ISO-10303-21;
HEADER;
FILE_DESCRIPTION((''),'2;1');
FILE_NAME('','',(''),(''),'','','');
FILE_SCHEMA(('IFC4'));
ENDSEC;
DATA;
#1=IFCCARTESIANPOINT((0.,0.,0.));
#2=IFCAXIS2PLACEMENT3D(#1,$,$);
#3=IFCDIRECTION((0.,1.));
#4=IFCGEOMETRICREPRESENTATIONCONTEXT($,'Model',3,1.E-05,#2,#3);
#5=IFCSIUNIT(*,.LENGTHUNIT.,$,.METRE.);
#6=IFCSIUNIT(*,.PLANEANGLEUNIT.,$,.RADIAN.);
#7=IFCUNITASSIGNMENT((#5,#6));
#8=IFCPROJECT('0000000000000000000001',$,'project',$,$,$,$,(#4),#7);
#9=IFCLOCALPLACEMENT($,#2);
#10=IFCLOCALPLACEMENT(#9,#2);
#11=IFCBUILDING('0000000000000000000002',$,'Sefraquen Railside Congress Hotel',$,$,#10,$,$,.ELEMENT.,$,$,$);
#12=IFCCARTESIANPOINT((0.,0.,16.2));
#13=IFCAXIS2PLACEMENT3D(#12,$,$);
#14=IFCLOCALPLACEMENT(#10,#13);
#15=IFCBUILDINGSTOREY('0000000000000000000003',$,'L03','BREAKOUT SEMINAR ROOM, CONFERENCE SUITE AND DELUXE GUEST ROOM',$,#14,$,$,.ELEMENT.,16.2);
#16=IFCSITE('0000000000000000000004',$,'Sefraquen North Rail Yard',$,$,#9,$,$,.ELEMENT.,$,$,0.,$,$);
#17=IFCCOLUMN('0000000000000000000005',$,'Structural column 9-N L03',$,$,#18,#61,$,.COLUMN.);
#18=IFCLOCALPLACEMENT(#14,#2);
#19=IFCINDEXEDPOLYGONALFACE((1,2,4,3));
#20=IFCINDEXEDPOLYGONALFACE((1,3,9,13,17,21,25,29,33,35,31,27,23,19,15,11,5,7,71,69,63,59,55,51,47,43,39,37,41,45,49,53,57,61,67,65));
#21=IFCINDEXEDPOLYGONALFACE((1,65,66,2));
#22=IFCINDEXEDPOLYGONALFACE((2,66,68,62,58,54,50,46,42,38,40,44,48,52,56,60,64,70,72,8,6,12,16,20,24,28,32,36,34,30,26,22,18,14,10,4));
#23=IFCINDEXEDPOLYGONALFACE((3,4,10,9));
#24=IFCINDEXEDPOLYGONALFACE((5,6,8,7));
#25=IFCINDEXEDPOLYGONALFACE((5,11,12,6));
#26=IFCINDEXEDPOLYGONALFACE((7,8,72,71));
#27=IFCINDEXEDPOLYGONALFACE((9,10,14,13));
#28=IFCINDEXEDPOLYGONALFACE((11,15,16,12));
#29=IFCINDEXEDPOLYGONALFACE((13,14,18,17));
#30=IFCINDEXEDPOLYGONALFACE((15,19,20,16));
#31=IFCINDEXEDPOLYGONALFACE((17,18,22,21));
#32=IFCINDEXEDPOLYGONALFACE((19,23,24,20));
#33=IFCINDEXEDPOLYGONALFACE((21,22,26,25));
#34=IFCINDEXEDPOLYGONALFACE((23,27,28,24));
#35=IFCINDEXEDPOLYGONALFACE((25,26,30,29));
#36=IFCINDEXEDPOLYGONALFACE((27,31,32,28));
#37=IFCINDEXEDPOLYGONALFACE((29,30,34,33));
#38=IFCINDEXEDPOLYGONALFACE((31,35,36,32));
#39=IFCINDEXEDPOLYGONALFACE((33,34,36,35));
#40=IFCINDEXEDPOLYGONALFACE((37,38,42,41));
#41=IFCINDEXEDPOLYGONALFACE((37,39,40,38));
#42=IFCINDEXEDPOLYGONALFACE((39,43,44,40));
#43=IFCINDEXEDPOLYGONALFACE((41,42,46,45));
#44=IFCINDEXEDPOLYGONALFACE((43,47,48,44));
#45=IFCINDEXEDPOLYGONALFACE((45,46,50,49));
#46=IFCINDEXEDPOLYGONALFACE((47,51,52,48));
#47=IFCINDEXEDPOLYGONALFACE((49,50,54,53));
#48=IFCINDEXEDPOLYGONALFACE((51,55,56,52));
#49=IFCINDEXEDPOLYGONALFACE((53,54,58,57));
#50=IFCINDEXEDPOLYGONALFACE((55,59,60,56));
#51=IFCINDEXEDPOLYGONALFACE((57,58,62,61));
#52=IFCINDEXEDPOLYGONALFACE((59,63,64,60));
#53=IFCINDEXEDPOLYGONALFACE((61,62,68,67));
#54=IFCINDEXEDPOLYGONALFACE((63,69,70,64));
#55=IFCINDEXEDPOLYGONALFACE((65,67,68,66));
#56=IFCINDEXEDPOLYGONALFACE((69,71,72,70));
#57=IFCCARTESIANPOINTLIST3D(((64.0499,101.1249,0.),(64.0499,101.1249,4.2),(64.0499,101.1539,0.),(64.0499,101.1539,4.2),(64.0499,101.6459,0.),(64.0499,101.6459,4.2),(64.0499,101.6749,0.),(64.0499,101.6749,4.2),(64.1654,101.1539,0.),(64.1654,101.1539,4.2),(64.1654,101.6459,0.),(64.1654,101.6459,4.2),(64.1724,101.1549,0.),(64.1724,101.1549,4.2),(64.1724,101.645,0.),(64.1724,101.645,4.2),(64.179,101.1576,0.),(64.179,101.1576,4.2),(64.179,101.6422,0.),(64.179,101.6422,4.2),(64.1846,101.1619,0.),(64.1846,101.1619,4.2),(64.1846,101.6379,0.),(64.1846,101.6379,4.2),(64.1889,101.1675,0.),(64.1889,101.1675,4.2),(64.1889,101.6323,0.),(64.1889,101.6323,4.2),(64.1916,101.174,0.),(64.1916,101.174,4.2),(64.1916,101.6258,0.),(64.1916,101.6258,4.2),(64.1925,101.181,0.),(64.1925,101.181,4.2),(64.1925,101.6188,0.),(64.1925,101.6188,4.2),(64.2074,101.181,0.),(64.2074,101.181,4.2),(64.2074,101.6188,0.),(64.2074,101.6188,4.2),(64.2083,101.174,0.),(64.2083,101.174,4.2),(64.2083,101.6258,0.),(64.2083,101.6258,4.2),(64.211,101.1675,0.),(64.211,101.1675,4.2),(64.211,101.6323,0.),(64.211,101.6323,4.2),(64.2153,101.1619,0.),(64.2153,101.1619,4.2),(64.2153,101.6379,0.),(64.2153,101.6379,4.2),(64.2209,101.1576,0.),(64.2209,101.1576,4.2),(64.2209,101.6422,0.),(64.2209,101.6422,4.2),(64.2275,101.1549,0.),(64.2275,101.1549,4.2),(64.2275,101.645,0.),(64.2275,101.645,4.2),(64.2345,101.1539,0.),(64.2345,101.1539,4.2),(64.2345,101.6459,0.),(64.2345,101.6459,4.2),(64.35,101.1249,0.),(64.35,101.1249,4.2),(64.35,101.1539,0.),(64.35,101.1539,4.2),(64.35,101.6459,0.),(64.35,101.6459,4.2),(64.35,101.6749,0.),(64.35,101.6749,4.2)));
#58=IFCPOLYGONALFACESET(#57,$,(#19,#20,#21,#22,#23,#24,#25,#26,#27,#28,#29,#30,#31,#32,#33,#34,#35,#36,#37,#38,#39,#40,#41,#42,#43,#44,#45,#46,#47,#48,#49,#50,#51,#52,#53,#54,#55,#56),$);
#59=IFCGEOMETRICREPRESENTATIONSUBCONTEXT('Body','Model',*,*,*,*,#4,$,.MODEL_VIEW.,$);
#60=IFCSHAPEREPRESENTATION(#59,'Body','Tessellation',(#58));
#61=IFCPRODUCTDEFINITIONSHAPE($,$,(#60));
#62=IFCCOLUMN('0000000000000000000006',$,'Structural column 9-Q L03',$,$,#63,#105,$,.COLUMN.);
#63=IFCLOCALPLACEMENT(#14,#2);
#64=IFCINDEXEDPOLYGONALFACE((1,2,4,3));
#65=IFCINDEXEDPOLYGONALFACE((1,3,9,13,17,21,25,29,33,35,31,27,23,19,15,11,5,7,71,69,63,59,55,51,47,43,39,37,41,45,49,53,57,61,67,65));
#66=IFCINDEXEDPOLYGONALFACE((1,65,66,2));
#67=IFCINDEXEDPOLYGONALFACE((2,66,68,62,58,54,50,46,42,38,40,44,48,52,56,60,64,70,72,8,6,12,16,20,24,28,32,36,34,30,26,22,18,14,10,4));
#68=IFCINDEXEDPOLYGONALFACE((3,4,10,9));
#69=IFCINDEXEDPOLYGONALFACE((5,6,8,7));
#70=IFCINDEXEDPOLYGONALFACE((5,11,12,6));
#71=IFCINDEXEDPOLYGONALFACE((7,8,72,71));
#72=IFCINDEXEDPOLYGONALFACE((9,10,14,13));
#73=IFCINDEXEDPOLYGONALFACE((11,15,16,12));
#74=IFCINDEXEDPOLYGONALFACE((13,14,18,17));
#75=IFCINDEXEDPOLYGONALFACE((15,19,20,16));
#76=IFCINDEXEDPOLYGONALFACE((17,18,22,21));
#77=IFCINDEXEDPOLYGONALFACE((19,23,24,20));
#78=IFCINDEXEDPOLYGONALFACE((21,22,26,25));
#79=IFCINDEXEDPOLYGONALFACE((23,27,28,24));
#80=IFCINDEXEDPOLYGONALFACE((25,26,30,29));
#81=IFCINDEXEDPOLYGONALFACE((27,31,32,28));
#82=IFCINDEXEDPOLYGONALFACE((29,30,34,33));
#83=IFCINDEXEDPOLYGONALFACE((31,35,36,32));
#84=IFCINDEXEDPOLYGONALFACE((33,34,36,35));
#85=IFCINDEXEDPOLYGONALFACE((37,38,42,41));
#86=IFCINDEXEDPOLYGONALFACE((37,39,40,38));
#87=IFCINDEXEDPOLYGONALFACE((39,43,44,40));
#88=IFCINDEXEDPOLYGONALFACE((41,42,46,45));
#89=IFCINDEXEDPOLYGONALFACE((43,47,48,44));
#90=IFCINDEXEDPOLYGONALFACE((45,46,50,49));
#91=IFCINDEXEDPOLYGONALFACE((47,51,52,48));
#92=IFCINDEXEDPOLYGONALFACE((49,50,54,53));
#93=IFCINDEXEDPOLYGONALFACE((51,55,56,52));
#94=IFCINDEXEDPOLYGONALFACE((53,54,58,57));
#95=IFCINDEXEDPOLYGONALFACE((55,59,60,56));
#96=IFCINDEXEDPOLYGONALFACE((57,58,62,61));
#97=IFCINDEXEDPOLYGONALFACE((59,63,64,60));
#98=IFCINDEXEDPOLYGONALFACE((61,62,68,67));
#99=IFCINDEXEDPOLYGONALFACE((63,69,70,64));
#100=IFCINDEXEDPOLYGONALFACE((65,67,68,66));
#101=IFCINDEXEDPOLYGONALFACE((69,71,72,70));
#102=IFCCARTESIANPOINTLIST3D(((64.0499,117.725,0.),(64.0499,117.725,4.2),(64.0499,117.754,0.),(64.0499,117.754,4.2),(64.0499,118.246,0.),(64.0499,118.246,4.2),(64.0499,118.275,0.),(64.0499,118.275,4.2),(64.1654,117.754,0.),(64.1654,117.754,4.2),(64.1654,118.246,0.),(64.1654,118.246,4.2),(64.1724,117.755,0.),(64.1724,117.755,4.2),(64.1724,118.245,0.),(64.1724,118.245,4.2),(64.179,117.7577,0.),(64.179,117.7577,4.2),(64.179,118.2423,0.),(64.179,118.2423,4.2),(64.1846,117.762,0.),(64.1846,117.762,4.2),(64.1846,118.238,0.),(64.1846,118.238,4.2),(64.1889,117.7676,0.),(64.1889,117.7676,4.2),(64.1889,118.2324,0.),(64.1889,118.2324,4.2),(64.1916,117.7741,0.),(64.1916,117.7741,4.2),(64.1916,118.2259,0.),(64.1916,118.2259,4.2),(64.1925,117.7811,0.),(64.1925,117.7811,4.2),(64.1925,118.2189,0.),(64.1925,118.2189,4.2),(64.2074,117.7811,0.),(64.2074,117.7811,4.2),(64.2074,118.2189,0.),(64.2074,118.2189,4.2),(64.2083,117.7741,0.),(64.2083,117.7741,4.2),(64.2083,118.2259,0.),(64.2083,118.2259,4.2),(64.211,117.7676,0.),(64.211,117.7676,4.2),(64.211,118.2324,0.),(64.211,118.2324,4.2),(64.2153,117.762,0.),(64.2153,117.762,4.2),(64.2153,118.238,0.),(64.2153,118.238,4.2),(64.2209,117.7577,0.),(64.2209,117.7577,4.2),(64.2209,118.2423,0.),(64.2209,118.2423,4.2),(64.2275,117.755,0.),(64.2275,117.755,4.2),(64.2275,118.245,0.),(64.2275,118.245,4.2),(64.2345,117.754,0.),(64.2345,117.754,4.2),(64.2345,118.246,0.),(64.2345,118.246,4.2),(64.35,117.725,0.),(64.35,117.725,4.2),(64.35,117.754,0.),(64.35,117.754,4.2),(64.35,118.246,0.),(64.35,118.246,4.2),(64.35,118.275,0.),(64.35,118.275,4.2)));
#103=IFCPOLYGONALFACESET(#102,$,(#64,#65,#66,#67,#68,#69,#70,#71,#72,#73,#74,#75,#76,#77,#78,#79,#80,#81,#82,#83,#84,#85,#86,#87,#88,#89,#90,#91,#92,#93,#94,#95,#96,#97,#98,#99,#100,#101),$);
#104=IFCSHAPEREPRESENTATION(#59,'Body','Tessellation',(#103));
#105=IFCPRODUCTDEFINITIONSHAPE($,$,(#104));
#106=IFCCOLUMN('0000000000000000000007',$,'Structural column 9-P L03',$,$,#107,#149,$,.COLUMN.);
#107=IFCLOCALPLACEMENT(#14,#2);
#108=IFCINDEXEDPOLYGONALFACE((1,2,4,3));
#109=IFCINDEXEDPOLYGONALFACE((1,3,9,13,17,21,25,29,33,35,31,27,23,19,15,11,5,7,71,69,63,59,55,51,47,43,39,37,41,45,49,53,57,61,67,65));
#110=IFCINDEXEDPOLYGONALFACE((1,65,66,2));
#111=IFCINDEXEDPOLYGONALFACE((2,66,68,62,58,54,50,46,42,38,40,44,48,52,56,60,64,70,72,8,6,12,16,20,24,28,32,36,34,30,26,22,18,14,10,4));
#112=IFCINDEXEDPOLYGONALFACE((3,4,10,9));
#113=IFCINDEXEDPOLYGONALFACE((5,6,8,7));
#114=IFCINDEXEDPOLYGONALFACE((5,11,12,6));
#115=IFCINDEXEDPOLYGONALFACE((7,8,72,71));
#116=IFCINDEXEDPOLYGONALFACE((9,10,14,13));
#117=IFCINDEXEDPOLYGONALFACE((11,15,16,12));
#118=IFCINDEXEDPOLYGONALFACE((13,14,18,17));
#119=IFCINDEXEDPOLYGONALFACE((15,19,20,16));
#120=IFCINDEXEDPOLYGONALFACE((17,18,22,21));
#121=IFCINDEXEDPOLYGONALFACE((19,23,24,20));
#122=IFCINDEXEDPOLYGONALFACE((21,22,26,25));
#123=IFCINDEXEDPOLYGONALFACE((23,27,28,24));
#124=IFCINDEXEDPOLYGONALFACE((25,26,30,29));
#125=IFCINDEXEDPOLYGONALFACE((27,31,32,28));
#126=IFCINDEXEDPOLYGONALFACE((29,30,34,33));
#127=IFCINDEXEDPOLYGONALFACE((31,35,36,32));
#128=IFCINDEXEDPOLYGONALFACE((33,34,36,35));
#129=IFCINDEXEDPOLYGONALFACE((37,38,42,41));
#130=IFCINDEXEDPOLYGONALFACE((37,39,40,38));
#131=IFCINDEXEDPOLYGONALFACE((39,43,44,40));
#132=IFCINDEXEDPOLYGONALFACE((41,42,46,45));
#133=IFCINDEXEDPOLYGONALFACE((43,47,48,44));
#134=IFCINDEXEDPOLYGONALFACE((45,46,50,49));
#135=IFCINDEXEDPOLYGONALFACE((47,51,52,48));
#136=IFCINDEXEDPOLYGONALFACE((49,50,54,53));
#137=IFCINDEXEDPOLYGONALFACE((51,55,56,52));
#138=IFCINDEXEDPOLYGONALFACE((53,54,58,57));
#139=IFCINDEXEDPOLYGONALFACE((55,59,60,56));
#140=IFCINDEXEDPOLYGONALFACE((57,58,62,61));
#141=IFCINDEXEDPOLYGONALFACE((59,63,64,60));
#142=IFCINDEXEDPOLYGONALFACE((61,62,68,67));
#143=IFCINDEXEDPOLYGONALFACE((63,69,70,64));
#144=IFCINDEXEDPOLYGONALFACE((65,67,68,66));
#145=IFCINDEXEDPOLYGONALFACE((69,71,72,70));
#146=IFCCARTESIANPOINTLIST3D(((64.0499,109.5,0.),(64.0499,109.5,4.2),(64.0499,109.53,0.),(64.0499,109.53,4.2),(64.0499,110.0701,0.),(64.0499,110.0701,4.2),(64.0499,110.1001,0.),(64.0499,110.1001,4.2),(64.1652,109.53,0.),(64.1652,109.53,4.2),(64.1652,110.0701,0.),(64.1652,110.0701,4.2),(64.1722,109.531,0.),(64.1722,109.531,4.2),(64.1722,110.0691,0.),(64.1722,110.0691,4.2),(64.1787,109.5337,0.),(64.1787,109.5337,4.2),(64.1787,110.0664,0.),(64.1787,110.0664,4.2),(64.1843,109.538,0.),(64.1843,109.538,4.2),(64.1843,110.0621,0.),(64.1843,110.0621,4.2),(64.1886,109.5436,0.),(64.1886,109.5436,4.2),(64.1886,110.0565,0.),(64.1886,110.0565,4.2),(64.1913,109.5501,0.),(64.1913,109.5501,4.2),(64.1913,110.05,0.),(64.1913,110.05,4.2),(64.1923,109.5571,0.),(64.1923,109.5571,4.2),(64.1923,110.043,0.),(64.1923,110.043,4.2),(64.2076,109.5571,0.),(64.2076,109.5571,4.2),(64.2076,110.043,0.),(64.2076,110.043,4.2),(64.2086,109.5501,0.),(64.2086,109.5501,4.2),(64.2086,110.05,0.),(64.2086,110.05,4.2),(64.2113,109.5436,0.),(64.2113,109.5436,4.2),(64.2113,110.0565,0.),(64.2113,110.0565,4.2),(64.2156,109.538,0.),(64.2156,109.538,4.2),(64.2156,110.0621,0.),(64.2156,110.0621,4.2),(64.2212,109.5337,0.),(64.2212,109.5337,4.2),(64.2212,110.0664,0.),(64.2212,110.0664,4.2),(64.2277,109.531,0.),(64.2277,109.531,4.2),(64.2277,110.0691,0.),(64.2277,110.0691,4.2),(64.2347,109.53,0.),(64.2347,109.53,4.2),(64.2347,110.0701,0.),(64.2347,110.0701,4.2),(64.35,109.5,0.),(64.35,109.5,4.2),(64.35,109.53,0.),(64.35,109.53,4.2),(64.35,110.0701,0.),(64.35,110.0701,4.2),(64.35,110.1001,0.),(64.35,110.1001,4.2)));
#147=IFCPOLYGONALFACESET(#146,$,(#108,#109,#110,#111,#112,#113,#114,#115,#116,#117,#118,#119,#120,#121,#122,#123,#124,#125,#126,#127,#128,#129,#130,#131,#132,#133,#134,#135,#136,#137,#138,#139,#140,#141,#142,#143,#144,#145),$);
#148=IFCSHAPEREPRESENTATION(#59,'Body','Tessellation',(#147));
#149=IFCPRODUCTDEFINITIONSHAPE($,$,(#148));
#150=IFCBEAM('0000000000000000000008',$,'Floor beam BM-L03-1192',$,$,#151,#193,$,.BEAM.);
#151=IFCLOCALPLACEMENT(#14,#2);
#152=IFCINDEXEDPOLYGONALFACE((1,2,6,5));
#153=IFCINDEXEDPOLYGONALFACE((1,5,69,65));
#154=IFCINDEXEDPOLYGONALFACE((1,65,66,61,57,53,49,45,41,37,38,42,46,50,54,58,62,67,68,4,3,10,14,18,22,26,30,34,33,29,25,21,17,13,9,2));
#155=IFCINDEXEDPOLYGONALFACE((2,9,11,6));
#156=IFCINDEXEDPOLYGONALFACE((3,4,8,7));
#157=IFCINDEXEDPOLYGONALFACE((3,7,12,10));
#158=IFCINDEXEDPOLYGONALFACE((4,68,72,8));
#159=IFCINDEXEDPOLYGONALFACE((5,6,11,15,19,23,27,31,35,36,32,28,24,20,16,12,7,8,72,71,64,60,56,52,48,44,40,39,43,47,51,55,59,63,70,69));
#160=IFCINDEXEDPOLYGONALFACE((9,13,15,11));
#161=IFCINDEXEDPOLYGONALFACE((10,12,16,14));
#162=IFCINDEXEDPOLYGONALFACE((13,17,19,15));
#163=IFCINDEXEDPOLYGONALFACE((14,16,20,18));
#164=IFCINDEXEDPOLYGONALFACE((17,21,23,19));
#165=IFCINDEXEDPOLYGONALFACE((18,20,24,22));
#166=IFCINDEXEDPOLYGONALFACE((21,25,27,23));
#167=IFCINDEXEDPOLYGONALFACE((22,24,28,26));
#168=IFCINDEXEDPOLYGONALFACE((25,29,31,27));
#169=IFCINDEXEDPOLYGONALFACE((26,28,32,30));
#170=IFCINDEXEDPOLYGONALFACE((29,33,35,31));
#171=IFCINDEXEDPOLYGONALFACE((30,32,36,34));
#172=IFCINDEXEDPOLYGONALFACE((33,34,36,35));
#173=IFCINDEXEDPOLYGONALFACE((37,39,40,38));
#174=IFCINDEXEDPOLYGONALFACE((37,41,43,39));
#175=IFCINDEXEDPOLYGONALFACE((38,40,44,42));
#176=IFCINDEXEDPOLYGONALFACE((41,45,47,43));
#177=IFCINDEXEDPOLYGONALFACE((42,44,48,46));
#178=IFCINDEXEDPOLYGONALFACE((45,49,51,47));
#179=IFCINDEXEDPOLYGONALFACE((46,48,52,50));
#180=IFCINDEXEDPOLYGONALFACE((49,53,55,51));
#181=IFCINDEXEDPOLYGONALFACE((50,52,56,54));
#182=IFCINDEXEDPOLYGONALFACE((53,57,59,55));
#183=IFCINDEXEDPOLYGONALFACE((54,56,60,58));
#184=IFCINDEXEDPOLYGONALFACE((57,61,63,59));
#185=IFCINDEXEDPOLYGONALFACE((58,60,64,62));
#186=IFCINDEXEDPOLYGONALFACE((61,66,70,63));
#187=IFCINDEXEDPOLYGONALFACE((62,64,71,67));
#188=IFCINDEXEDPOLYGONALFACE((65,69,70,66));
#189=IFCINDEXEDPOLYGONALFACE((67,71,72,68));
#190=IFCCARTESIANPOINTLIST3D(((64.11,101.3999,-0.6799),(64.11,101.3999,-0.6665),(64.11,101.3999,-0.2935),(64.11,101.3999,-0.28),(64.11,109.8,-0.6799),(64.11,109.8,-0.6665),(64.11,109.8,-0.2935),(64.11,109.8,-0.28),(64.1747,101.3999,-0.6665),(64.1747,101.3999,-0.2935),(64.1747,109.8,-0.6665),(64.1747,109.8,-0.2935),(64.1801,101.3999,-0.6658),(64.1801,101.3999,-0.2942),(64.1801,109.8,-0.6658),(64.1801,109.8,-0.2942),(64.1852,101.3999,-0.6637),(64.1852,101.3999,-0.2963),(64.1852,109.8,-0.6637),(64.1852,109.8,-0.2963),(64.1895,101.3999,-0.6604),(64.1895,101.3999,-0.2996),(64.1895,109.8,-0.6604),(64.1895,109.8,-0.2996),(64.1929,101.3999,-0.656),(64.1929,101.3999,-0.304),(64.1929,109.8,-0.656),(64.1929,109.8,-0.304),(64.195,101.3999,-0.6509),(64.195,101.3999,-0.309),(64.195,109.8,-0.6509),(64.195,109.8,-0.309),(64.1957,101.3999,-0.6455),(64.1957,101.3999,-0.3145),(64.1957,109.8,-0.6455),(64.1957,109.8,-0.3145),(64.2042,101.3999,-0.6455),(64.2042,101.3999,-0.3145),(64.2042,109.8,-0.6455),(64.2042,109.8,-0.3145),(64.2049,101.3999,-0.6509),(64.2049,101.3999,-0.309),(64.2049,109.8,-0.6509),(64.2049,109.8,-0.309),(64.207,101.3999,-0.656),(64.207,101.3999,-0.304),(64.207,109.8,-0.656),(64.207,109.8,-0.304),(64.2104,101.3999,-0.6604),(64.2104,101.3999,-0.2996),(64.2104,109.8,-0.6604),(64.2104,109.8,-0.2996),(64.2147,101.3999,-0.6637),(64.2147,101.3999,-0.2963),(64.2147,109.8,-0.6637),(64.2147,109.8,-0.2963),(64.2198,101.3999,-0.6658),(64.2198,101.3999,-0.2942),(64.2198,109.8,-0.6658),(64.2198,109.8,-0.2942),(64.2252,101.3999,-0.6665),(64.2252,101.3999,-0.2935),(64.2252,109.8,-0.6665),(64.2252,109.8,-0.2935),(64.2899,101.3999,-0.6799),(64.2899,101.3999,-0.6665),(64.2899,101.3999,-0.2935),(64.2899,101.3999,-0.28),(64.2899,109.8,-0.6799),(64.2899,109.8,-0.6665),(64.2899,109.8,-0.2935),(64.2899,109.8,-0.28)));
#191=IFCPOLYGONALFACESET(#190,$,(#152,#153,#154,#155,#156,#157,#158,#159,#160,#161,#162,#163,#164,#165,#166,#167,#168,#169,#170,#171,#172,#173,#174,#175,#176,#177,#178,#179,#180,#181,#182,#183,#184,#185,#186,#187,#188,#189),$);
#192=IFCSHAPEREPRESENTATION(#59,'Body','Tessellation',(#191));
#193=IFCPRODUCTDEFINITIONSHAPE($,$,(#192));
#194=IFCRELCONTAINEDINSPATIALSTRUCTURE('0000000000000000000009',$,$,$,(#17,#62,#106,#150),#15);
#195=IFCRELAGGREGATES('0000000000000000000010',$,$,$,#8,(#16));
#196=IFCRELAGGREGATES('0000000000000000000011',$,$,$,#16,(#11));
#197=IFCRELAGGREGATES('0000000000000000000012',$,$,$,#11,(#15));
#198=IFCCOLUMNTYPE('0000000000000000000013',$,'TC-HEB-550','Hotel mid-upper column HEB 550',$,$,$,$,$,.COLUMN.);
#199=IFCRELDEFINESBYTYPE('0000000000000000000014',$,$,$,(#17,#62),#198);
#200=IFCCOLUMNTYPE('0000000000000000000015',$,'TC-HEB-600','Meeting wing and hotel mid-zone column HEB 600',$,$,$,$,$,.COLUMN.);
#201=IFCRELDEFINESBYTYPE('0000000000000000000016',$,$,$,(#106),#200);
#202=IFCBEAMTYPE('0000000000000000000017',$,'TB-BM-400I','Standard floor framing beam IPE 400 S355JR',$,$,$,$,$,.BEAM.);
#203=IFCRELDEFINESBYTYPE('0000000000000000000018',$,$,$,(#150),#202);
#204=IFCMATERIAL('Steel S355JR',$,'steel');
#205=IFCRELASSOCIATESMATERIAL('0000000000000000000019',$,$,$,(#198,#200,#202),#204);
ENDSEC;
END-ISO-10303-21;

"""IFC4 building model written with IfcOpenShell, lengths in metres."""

from ifc_helpers import new_model, si_unit, direction, frame, origin, origin_2d, place, context, subcontext, project, spatial, i_section, extrude, material, material_profile, profile_set, type_object, element, save


model = new_model("IFC4")

# Units and contexts
model_context = context("Model", 3, precision=1e-05, world=origin(), true_north=direction((0.0, 1.0)))
body_context = subcontext(model_context, "Body", "Model", "MODEL_VIEW")
ifc_project = project(units=[si_unit("LENGTHUNIT", "METRE"), si_unit("PLANEANGLEUNIT", "RADIAN")], contexts=[model_context])

# Site, building, storey
site_placement = place(None, origin())
site = spatial("IfcSite", under=ifc_project, at=site_placement, Name="Sefraquen North Rail Yard", CompositionType="ELEMENT", RefElevation=0.0)
building_placement = place(site_placement, origin())
building = spatial("IfcBuilding", under=site, at=building_placement, Name="Sefraquen Railside Congress Hotel", CompositionType="ELEMENT")
storey_placement = place(building_placement, frame((0.0, 0.0, 16.2)))
storey = spatial("IfcBuildingStorey", under=building, at=storey_placement, Name="L03", Description="BREAKOUT SEMINAR ROOM, CONFERENCE SUITE AND DELUXE GUEST ROOM", CompositionType="ELEMENT", Elevation=16.2)

# Columns
ifc_material_1 = material(Name="Steel S355JR", Category="steel")
ifc_material_profile_1 = material_profile(ifc_material_1, i_section(OverallWidth=0.3, OverallDepth=0.55, WebThickness=0.0149, FlangeThickness=0.0291, FilletRadius=0.0271, at=origin_2d()), Name="HEB 550")
ifc_profile_set_1 = profile_set([ifc_material_profile_1], Name="Steel S355JR")
column_type_1 = type_object("IfcColumnType", Name="TC-HEB-550", Description="Hotel mid-upper column HEB 550", PredefinedType="COLUMN", material=ifc_profile_set_1)
for number, where, z_axis, x_axis, name in (
    (1, (64.2, 101.3999, 0.0), (0.0, 0.0, 1.0), (1.0, 0.0, 0.0), "Structural column 9-N L03"),
    (2, (64.2, 118.0, 0.0), (0.0, 0.0, 1.0), (1.0, 0.0, 0.0), "Structural column 9-Q L03"),
):
    element("IfcColumn", number, at=place(storey_placement, frame(where, z_axis=z_axis, x_axis=x_axis)), inside=storey, type_object=column_type_1, Name=name, PredefinedType="COLUMN", context=body_context, shape_type="SweptSolid", body=[
        extrude(i_section(OverallWidth=0.3, OverallDepth=0.55, WebThickness=0.0149, FlangeThickness=0.0291, FilletRadius=0.0271, at=origin_2d()), origin(), (0.0, 0.0, 1.0), 4.2),
    ])
ifc_material_profile_2 = material_profile(ifc_material_1, i_section(OverallWidth=0.3, OverallDepth=0.6001, WebThickness=0.0154, FlangeThickness=0.03, FilletRadius=0.0271, at=origin_2d()), Name="HEB 600")
ifc_profile_set_2 = profile_set([ifc_material_profile_2], Name="Steel S355JR")
column_type_2 = type_object("IfcColumnType", Name="TC-HEB-600", Description="Meeting wing and hotel mid-zone column HEB 600", PredefinedType="COLUMN", material=ifc_profile_set_2)
column_placement = place(storey_placement, frame((64.2, 109.8, 0.0), z_axis=(0.0, 0.0, 1.0), x_axis=(1.0, 0.0, 0.0)))
element("IfcColumn", 3, at=column_placement, inside=storey, type_object=column_type_2, Name="Structural column 9-P L03", PredefinedType="COLUMN", context=body_context, shape_type="SweptSolid", body=[
    extrude(i_section(OverallWidth=0.3, OverallDepth=0.6001, WebThickness=0.0154, FlangeThickness=0.03, FilletRadius=0.0271, at=origin_2d()), origin(), (0.0, 0.0, 1.0), 4.2),
])

# Beam
ifc_material_profile_3 = material_profile(ifc_material_1, i_section(OverallWidth=0.1799, OverallDepth=0.3999, WebThickness=0.0085, FlangeThickness=0.0134, FilletRadius=0.021, at=origin_2d()), Name="IPE 400")
ifc_profile_set_3 = profile_set([ifc_material_profile_3], Name="Steel S355JR")
beam_type_1 = type_object("IfcBeamType", Name="TB-BM-400I", Description="Standard floor framing beam IPE 400 S355JR", PredefinedType="BEAM", material=ifc_profile_set_3)
beam_1_placement = place(storey_placement, frame((64.2, 101.3999, -0.48), z_axis=(0.0, 1.0, 0.0), x_axis=(-1.0, 0.0, 0.0)))
element("IfcBeam", 4, at=beam_1_placement, inside=storey, type_object=beam_type_1, Name="Floor beam BM-L03-1192", PredefinedType="BEAM", context=body_context, shape_type="SweptSolid", body=[
    extrude(i_section(OverallWidth=0.1799, OverallDepth=0.3999, WebThickness=0.0085, FlangeThickness=0.0134, FilletRadius=0.021, at=origin_2d()), origin(), (0.0, 0.0, 1.0), 8.4001),
])

save(model, "model.ifc")
